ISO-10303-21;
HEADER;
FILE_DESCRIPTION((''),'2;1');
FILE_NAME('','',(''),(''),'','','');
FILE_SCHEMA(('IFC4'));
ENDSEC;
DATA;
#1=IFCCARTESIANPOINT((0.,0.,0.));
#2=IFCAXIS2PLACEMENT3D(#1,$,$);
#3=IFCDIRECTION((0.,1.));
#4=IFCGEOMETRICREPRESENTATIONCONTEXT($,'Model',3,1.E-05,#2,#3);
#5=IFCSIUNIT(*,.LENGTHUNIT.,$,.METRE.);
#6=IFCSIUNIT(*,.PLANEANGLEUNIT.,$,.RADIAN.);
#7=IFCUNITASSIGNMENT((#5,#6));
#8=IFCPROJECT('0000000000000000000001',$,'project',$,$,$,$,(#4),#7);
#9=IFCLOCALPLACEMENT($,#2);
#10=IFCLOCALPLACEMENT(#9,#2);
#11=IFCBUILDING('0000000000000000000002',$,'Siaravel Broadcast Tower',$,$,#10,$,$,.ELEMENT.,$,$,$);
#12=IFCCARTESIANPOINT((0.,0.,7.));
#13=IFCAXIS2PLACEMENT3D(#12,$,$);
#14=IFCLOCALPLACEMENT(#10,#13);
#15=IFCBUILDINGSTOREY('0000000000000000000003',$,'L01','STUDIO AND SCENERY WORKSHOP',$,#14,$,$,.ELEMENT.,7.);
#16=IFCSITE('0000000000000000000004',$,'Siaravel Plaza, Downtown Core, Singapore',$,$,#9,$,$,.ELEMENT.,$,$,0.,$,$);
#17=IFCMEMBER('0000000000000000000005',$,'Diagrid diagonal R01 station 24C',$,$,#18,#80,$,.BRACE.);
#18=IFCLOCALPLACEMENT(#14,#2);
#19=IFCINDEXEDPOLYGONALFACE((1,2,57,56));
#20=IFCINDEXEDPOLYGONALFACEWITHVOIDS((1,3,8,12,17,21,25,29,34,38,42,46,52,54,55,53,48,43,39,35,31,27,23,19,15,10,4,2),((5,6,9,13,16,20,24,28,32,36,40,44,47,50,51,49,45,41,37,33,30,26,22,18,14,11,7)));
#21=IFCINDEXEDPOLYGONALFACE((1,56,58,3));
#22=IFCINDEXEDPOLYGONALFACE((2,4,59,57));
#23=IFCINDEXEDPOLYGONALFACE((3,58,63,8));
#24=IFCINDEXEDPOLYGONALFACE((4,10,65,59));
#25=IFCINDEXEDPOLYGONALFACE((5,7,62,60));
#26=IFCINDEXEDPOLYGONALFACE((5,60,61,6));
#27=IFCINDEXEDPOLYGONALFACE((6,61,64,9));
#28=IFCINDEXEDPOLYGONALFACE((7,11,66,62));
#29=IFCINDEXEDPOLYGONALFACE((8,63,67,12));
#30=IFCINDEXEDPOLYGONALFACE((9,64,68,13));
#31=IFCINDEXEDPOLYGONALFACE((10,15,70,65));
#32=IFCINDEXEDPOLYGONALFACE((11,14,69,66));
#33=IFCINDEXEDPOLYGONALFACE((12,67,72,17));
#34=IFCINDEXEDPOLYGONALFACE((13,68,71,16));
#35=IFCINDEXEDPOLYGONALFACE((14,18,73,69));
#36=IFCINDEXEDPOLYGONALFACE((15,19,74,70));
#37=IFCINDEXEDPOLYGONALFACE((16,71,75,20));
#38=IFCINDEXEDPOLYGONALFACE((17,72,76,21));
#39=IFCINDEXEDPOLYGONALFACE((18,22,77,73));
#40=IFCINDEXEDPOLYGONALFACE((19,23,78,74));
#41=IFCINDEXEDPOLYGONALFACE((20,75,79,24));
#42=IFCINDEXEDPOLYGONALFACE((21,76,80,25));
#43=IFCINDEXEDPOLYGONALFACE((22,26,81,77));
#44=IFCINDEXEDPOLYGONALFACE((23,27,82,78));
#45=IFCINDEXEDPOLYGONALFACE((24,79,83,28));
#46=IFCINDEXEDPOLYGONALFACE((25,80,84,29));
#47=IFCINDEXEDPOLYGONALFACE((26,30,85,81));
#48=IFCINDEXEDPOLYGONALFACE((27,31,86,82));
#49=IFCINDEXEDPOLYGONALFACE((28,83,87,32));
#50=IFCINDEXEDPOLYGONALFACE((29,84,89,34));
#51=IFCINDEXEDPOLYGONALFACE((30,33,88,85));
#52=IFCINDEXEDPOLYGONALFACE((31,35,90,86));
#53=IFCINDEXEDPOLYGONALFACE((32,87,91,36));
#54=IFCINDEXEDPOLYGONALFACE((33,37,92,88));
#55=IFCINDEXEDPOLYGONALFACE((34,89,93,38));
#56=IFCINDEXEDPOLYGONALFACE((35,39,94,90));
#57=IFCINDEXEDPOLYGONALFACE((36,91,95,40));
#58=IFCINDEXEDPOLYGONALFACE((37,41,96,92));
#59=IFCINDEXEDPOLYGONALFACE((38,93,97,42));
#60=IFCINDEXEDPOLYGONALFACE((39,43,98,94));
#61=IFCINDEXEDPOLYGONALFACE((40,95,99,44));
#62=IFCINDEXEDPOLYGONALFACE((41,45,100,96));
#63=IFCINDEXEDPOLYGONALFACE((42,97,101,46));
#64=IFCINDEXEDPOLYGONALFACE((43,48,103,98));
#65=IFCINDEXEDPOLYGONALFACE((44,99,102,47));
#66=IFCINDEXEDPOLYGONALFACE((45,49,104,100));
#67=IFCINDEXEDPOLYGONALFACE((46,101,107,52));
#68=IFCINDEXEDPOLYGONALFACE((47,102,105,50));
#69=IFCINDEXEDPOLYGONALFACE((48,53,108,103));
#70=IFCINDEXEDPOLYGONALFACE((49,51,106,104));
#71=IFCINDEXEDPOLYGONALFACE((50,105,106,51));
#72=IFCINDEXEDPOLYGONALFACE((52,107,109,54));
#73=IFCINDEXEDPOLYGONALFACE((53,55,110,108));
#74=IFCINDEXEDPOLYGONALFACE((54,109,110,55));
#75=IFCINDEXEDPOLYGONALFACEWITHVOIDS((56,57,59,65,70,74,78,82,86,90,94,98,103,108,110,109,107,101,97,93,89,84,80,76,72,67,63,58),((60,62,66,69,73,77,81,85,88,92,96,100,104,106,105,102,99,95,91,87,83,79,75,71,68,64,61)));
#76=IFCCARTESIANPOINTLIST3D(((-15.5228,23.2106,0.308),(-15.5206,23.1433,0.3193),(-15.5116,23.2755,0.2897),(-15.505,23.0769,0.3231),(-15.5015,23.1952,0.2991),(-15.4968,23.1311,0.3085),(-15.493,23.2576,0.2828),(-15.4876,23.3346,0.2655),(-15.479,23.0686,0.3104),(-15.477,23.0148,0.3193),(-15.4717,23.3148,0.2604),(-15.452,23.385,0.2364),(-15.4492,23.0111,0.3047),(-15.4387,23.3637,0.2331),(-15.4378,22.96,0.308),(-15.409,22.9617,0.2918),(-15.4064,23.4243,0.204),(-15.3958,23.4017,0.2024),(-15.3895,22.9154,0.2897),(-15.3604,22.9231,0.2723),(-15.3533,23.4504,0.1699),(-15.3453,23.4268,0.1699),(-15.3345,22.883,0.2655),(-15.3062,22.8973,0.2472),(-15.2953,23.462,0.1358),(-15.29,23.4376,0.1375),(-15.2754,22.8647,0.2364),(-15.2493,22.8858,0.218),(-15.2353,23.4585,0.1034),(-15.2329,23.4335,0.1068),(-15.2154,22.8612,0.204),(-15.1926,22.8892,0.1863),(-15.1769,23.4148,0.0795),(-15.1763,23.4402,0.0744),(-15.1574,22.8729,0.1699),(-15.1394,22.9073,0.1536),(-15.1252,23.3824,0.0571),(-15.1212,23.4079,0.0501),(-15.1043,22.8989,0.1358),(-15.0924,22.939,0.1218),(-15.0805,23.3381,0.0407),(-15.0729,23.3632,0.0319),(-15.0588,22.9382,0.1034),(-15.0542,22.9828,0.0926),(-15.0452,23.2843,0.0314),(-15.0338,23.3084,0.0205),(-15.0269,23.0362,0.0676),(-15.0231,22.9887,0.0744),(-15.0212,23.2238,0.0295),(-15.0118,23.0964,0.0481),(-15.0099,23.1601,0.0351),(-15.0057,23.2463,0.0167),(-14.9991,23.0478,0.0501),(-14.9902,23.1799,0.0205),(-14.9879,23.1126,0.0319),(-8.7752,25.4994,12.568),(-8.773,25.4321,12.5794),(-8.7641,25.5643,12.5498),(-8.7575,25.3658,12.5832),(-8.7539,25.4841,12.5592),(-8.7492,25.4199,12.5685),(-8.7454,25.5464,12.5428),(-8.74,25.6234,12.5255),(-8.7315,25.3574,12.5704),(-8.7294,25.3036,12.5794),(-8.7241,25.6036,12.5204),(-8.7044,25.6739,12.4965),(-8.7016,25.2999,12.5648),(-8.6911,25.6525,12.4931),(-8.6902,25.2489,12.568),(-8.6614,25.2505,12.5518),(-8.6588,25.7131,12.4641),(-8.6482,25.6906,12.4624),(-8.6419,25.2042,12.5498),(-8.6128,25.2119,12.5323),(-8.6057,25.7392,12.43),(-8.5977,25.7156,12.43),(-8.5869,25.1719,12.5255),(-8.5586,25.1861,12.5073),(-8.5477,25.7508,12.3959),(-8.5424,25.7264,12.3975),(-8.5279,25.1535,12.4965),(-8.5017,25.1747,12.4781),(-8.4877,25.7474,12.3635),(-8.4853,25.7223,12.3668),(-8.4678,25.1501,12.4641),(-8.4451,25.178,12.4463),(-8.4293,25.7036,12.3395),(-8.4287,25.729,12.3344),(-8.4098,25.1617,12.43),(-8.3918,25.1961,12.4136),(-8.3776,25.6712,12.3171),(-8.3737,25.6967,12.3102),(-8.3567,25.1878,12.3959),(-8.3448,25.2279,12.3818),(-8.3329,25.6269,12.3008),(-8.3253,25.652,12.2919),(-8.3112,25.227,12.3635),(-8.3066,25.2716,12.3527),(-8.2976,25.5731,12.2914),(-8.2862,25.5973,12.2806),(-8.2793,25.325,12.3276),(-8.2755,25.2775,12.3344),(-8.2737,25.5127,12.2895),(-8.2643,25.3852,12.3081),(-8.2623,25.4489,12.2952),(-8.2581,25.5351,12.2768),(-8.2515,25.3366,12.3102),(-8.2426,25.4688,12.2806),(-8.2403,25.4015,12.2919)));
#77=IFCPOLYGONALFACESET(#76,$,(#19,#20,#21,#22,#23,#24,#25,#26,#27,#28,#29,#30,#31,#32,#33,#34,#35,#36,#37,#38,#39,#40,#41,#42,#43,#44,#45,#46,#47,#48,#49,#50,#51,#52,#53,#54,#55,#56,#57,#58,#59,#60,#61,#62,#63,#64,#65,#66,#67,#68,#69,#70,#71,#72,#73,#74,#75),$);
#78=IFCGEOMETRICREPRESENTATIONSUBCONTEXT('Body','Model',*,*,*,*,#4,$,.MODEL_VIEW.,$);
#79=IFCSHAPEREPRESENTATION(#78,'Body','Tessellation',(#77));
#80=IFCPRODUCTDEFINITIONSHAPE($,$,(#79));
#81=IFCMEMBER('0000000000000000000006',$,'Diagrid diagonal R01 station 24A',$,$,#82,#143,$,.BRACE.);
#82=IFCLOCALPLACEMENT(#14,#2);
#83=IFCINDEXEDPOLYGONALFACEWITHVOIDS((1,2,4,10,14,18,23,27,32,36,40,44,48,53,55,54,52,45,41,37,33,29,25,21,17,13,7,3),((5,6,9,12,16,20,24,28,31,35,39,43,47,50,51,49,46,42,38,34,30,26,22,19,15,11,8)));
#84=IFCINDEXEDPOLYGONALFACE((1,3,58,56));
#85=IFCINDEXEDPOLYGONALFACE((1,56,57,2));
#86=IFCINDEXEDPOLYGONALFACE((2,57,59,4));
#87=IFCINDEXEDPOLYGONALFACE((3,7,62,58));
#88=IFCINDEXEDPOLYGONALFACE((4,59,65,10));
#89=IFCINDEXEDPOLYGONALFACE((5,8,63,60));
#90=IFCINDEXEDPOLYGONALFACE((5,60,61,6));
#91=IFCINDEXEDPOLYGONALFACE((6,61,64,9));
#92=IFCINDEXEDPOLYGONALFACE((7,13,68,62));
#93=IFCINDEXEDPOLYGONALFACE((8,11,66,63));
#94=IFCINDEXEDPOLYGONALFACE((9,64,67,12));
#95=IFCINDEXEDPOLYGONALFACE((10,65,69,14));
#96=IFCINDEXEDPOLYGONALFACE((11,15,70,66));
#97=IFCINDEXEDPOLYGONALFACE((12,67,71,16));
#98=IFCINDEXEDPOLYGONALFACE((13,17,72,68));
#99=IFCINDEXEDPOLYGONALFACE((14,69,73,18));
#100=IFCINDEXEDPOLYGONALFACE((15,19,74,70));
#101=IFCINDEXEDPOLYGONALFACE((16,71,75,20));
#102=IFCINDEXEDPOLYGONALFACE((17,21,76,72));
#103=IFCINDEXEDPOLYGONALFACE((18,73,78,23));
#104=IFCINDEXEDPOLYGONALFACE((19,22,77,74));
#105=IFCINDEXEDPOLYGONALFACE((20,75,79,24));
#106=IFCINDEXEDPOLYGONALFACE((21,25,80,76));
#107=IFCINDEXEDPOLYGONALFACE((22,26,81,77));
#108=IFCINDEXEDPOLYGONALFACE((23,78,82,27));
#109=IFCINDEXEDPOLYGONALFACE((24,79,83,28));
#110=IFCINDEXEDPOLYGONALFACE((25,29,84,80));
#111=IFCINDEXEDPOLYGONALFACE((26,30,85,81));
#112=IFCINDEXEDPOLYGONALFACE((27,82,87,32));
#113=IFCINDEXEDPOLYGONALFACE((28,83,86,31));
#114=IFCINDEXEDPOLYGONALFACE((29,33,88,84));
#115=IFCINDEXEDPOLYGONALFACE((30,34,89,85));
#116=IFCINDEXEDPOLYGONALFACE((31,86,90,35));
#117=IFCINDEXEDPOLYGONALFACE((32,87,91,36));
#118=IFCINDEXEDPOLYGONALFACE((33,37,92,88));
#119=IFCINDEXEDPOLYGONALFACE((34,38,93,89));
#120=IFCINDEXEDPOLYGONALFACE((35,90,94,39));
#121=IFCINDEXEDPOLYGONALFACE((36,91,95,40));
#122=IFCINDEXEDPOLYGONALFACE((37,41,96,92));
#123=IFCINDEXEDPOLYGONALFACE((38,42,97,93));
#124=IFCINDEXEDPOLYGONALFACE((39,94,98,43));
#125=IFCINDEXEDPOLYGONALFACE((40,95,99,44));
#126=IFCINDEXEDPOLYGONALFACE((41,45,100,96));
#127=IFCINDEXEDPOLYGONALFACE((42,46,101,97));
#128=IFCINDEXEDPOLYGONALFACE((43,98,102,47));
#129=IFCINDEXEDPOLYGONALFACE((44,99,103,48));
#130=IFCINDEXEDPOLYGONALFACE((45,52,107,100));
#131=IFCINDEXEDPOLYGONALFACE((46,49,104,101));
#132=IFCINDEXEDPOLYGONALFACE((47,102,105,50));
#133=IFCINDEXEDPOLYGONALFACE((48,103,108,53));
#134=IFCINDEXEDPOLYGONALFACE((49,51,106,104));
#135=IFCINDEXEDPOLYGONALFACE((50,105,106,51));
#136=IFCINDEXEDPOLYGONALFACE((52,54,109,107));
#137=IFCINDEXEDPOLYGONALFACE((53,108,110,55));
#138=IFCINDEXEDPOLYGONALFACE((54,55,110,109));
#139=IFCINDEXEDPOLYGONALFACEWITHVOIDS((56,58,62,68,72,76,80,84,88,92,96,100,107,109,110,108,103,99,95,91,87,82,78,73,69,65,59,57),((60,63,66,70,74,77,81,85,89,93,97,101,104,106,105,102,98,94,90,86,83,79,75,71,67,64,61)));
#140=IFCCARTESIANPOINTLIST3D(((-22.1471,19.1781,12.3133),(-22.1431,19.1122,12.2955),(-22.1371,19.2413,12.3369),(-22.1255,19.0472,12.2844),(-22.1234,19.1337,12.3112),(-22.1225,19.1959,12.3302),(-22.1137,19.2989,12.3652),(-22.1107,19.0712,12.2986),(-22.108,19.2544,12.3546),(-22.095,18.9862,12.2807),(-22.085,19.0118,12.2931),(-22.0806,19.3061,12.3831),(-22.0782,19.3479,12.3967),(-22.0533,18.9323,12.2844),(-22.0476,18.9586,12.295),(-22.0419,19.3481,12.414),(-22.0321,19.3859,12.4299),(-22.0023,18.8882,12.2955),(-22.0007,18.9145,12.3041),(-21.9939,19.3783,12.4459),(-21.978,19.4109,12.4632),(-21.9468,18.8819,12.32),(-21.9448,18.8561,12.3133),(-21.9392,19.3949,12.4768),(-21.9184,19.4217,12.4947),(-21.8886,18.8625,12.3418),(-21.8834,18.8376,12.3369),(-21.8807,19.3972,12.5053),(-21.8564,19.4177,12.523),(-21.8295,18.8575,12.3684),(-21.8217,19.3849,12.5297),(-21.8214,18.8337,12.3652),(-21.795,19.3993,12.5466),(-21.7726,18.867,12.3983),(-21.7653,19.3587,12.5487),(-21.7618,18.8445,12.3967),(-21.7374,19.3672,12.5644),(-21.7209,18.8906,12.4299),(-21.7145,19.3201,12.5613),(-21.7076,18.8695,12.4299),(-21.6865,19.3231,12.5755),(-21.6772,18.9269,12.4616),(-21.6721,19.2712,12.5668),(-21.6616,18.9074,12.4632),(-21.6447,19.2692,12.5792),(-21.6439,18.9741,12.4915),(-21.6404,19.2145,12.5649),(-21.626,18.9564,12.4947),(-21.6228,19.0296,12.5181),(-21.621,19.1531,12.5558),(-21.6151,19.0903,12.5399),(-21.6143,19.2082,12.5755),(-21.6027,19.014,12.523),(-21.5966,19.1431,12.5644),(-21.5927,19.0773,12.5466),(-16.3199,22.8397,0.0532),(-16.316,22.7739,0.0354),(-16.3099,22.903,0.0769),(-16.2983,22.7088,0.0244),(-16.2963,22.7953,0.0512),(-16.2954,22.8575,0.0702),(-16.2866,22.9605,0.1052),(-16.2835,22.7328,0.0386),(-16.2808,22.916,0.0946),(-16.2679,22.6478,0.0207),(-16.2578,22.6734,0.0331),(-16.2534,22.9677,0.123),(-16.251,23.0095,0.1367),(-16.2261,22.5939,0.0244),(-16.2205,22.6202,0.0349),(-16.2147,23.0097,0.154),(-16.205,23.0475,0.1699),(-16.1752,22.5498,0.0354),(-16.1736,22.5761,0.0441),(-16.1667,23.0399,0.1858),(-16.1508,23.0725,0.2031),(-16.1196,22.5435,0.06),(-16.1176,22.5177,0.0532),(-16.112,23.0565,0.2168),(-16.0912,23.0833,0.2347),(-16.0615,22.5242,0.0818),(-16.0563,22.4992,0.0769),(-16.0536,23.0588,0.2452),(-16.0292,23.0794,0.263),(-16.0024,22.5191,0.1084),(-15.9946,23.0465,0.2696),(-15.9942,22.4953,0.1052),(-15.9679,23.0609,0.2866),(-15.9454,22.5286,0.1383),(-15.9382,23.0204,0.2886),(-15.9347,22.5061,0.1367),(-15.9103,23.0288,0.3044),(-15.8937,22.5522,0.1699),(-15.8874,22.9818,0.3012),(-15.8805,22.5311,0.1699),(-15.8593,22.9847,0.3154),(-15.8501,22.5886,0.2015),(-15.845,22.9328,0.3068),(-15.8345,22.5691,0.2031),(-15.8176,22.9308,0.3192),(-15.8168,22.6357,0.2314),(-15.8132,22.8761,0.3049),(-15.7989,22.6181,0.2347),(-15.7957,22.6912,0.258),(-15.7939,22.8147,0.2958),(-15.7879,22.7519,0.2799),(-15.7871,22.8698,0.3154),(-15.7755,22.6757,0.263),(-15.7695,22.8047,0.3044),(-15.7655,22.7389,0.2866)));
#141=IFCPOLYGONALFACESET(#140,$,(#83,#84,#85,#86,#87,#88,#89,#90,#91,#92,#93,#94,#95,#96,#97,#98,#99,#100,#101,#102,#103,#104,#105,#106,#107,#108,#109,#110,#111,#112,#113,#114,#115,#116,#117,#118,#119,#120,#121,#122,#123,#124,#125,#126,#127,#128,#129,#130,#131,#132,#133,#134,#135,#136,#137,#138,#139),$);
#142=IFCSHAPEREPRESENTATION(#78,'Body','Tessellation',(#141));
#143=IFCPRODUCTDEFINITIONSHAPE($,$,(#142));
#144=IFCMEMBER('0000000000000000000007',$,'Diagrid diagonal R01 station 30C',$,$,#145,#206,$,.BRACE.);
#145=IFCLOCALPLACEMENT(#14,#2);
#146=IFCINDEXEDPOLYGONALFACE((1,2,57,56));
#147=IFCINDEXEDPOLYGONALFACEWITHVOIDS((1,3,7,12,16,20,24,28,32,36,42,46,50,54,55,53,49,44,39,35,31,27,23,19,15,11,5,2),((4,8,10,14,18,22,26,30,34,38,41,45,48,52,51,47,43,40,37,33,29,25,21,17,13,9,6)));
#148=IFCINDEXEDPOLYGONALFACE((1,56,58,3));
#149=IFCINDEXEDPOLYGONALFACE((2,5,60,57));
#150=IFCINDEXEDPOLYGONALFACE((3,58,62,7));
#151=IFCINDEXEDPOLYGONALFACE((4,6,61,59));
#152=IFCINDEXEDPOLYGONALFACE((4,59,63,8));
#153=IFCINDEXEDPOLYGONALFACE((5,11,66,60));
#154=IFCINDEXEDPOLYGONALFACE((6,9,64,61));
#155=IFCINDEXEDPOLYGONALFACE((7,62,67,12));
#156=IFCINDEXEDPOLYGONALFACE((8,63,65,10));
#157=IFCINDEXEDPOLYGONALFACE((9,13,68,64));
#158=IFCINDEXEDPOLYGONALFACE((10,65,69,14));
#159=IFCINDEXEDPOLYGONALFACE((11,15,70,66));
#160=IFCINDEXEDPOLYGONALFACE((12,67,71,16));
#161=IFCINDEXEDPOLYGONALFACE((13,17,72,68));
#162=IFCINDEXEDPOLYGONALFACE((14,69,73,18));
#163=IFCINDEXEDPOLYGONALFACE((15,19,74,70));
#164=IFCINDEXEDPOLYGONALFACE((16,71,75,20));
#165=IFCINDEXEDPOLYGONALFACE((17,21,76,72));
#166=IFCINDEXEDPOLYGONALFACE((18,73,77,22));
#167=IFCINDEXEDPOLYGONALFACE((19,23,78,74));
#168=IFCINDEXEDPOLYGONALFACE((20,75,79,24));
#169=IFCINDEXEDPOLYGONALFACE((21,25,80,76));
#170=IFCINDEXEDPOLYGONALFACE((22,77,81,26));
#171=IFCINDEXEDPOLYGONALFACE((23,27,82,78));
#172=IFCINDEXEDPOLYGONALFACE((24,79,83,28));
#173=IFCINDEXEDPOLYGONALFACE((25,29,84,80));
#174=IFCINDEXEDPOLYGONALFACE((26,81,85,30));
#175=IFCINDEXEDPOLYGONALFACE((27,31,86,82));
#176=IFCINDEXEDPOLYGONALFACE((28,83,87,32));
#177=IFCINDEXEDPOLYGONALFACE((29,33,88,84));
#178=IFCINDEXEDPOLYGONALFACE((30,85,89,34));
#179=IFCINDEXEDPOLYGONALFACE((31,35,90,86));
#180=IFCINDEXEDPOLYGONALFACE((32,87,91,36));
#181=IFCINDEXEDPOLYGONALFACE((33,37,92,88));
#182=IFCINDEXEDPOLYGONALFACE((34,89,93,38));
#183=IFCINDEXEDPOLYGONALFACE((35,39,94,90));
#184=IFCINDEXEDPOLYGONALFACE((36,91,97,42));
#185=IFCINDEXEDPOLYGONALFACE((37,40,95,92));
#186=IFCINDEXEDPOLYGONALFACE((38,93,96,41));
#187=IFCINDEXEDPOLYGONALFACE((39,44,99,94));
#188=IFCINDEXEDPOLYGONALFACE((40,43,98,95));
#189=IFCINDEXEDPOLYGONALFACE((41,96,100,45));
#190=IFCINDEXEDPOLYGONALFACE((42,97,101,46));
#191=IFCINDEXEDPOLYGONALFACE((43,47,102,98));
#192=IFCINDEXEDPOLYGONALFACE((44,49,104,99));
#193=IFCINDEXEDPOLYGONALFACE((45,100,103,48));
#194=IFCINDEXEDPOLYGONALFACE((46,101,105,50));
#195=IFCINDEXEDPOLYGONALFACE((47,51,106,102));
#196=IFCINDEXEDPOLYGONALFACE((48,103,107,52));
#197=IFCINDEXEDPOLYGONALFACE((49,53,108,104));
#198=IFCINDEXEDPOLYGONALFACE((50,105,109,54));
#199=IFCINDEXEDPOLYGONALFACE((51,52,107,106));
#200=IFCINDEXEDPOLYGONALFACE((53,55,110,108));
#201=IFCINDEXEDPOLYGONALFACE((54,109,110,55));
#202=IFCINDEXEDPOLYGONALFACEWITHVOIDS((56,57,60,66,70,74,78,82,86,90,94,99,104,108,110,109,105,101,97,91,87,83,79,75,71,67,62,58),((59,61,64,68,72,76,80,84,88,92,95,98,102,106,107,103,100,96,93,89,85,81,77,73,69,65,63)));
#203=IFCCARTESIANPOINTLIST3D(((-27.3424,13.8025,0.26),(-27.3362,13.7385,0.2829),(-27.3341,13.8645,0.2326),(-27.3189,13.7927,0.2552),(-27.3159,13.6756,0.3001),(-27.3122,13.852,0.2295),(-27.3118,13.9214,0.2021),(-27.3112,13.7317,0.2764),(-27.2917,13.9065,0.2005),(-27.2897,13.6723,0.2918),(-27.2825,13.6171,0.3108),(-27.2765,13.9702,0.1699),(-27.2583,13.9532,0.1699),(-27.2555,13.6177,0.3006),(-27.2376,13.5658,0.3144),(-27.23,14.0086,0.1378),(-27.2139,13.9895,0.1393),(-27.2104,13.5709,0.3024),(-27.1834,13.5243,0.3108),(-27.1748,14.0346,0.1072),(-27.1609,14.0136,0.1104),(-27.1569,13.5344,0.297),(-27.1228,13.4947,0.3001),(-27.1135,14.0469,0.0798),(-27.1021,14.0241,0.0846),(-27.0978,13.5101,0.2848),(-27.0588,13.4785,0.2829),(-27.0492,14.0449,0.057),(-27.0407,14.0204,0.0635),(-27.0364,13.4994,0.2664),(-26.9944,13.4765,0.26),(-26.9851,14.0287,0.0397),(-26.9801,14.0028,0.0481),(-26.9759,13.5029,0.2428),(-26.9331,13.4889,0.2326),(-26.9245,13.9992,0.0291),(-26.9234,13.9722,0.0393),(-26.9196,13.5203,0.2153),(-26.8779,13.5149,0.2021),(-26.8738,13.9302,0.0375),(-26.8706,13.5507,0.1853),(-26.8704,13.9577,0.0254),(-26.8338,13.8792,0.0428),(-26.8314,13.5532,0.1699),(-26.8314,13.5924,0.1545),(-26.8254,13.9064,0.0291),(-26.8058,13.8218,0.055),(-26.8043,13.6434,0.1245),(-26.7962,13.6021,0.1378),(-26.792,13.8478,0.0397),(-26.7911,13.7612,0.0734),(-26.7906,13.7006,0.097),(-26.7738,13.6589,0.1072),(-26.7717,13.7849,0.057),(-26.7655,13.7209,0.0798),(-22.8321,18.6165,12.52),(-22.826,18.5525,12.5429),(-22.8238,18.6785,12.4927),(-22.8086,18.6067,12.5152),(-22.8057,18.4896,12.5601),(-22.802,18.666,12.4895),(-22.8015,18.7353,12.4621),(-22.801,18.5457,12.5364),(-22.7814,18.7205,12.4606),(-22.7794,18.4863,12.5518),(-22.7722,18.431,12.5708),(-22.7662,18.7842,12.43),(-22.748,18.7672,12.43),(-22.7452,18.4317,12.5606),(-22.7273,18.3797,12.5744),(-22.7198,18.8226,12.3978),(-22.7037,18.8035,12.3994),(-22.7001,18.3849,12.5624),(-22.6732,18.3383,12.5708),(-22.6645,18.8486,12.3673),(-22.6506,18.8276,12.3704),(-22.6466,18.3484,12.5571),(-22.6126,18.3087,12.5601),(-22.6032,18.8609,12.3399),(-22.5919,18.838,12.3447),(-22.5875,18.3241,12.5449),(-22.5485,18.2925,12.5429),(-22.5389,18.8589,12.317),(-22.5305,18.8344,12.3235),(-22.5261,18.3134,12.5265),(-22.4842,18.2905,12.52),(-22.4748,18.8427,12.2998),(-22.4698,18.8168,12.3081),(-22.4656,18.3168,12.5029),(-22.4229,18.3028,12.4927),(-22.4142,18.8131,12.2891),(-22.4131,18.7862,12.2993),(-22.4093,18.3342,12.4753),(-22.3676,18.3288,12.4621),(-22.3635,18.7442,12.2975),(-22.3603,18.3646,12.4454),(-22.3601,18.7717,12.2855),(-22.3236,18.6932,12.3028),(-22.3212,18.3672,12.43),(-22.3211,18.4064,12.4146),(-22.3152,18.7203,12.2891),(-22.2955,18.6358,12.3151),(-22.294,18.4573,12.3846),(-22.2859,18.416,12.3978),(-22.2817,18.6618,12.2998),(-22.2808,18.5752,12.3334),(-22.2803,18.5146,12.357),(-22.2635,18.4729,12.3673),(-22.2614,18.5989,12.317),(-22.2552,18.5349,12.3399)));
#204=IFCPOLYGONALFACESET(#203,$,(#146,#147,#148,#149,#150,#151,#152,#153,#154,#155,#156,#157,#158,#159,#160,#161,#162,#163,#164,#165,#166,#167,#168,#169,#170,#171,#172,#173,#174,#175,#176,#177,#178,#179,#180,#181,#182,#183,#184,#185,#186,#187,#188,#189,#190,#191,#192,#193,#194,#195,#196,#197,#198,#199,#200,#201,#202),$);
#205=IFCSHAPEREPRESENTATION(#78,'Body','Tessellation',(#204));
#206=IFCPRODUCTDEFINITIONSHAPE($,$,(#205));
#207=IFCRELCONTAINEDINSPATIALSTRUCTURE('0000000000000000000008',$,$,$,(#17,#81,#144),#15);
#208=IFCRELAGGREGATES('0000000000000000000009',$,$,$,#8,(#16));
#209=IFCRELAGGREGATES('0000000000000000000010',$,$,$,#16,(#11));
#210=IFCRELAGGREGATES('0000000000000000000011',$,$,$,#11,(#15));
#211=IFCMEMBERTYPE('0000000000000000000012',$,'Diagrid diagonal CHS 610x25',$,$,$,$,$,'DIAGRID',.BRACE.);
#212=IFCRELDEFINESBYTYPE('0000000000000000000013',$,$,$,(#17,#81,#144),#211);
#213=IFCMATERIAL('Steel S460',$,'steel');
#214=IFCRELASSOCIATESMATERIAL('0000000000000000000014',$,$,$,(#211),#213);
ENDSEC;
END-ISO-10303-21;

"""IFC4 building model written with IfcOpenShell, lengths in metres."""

from ifc_helpers import new_model, si_unit, direction, frame, origin, origin_2d, place, context, subcontext, project, spatial, hollow_circle, extrude, material, material_profile, profile_set, type_object, element, save


model = new_model("IFC4")

# Units and contexts
model_context = context("Model", 3, precision=1e-05, world=origin(), true_north=direction((0.0, 1.0)))
body_context = subcontext(model_context, "Body", "Model", "MODEL_VIEW")
ifc_project = project(units=[si_unit("LENGTHUNIT", "METRE"), si_unit("PLANEANGLEUNIT", "RADIAN")], contexts=[model_context])

# Site, building, storey
site_placement = place(None, origin())
site = spatial("IfcSite", under=ifc_project, at=site_placement, Name="Siaravel Plaza, Downtown Core, Singapore", CompositionType="ELEMENT", RefElevation=0.0)
building_placement = place(site_placement, origin())
building = spatial("IfcBuilding", under=site, at=building_placement, Name="Siaravel Broadcast Tower", CompositionType="ELEMENT")
storey_placement = place(building_placement, frame((0.0, 0.0, 7.0)))
storey = spatial("IfcBuildingStorey", under=building, at=storey_placement, Name="L01", Description="STUDIO AND SCENERY WORKSHOP", CompositionType="ELEMENT", Elevation=7.0)

# Members
ifc_material_1 = material(Name="Steel S460", Category="steel")
ifc_material_profile_1 = material_profile(ifc_material_1, hollow_circle(Radius=0.3049, WallThickness=0.0249, at=origin_2d()))
ifc_profile_set_1 = profile_set([ifc_material_profile_1], Name="Steel S460")
member_type_1 = type_object("IfcMemberType", Name="Diagrid diagonal CHS 610x25", ElementType="DIAGRID", PredefinedType="BRACE", material=ifc_profile_set_1)
member_1_placement = place(storey_placement, frame((-15.2554, 23.1616, 0.1699), z_axis=(0.475846, 0.16141, 0.864591), x_axis=(-0.321229, 0.947001, 0.0)))
element("IfcMember", 1, at=member_1_placement, inside=storey, type_object=member_type_1, Name="Diagrid diagonal R01 station 24C", PredefinedType="BRACE", context=body_context, shape_type="SweptSolid", body=[
    extrude(hollow_circle(Radius=0.3049, WallThickness=0.0249, at=origin_2d()), origin(), (0.0, 0.0, 1.0), 14.1802),
])
member_2_placement = place(storey_placement, frame((-16.0427, 22.7893, 0.1699), z_axis=(-0.414462, -0.260437, 0.872006), x_axis=(0.532051, -0.846712, 0.0)))
element("IfcMember", 2, at=member_2_placement, inside=storey, type_object=member_type_1, Name="Diagrid diagonal R01 station 24A", PredefinedType="BRACE", context=body_context, shape_type="SweptSolid", body=[
    extrude(hollow_circle(Radius=0.3049, WallThickness=0.0249, at=origin_2d()), origin(), (0.0, 0.0, 1.0), 14.0596),
])
member_3_placement = place(storey_placement, frame((-27.054, 13.7617, 0.1699), z_axis=(0.323964, 0.345779, 0.880616), x_axis=(-0.729752, 0.683712, 0.0)))
element("IfcMember", 3, at=member_3_placement, inside=storey, type_object=member_type_1, Name="Diagrid diagonal R01 station 30C", PredefinedType="BRACE", context=body_context, shape_type="SweptSolid", body=[
    extrude(hollow_circle(Radius=0.3049, WallThickness=0.0249, at=origin_2d()), origin(), (0.0, 0.0, 1.0), 13.9221),
])

save(model, "model.ifc")
